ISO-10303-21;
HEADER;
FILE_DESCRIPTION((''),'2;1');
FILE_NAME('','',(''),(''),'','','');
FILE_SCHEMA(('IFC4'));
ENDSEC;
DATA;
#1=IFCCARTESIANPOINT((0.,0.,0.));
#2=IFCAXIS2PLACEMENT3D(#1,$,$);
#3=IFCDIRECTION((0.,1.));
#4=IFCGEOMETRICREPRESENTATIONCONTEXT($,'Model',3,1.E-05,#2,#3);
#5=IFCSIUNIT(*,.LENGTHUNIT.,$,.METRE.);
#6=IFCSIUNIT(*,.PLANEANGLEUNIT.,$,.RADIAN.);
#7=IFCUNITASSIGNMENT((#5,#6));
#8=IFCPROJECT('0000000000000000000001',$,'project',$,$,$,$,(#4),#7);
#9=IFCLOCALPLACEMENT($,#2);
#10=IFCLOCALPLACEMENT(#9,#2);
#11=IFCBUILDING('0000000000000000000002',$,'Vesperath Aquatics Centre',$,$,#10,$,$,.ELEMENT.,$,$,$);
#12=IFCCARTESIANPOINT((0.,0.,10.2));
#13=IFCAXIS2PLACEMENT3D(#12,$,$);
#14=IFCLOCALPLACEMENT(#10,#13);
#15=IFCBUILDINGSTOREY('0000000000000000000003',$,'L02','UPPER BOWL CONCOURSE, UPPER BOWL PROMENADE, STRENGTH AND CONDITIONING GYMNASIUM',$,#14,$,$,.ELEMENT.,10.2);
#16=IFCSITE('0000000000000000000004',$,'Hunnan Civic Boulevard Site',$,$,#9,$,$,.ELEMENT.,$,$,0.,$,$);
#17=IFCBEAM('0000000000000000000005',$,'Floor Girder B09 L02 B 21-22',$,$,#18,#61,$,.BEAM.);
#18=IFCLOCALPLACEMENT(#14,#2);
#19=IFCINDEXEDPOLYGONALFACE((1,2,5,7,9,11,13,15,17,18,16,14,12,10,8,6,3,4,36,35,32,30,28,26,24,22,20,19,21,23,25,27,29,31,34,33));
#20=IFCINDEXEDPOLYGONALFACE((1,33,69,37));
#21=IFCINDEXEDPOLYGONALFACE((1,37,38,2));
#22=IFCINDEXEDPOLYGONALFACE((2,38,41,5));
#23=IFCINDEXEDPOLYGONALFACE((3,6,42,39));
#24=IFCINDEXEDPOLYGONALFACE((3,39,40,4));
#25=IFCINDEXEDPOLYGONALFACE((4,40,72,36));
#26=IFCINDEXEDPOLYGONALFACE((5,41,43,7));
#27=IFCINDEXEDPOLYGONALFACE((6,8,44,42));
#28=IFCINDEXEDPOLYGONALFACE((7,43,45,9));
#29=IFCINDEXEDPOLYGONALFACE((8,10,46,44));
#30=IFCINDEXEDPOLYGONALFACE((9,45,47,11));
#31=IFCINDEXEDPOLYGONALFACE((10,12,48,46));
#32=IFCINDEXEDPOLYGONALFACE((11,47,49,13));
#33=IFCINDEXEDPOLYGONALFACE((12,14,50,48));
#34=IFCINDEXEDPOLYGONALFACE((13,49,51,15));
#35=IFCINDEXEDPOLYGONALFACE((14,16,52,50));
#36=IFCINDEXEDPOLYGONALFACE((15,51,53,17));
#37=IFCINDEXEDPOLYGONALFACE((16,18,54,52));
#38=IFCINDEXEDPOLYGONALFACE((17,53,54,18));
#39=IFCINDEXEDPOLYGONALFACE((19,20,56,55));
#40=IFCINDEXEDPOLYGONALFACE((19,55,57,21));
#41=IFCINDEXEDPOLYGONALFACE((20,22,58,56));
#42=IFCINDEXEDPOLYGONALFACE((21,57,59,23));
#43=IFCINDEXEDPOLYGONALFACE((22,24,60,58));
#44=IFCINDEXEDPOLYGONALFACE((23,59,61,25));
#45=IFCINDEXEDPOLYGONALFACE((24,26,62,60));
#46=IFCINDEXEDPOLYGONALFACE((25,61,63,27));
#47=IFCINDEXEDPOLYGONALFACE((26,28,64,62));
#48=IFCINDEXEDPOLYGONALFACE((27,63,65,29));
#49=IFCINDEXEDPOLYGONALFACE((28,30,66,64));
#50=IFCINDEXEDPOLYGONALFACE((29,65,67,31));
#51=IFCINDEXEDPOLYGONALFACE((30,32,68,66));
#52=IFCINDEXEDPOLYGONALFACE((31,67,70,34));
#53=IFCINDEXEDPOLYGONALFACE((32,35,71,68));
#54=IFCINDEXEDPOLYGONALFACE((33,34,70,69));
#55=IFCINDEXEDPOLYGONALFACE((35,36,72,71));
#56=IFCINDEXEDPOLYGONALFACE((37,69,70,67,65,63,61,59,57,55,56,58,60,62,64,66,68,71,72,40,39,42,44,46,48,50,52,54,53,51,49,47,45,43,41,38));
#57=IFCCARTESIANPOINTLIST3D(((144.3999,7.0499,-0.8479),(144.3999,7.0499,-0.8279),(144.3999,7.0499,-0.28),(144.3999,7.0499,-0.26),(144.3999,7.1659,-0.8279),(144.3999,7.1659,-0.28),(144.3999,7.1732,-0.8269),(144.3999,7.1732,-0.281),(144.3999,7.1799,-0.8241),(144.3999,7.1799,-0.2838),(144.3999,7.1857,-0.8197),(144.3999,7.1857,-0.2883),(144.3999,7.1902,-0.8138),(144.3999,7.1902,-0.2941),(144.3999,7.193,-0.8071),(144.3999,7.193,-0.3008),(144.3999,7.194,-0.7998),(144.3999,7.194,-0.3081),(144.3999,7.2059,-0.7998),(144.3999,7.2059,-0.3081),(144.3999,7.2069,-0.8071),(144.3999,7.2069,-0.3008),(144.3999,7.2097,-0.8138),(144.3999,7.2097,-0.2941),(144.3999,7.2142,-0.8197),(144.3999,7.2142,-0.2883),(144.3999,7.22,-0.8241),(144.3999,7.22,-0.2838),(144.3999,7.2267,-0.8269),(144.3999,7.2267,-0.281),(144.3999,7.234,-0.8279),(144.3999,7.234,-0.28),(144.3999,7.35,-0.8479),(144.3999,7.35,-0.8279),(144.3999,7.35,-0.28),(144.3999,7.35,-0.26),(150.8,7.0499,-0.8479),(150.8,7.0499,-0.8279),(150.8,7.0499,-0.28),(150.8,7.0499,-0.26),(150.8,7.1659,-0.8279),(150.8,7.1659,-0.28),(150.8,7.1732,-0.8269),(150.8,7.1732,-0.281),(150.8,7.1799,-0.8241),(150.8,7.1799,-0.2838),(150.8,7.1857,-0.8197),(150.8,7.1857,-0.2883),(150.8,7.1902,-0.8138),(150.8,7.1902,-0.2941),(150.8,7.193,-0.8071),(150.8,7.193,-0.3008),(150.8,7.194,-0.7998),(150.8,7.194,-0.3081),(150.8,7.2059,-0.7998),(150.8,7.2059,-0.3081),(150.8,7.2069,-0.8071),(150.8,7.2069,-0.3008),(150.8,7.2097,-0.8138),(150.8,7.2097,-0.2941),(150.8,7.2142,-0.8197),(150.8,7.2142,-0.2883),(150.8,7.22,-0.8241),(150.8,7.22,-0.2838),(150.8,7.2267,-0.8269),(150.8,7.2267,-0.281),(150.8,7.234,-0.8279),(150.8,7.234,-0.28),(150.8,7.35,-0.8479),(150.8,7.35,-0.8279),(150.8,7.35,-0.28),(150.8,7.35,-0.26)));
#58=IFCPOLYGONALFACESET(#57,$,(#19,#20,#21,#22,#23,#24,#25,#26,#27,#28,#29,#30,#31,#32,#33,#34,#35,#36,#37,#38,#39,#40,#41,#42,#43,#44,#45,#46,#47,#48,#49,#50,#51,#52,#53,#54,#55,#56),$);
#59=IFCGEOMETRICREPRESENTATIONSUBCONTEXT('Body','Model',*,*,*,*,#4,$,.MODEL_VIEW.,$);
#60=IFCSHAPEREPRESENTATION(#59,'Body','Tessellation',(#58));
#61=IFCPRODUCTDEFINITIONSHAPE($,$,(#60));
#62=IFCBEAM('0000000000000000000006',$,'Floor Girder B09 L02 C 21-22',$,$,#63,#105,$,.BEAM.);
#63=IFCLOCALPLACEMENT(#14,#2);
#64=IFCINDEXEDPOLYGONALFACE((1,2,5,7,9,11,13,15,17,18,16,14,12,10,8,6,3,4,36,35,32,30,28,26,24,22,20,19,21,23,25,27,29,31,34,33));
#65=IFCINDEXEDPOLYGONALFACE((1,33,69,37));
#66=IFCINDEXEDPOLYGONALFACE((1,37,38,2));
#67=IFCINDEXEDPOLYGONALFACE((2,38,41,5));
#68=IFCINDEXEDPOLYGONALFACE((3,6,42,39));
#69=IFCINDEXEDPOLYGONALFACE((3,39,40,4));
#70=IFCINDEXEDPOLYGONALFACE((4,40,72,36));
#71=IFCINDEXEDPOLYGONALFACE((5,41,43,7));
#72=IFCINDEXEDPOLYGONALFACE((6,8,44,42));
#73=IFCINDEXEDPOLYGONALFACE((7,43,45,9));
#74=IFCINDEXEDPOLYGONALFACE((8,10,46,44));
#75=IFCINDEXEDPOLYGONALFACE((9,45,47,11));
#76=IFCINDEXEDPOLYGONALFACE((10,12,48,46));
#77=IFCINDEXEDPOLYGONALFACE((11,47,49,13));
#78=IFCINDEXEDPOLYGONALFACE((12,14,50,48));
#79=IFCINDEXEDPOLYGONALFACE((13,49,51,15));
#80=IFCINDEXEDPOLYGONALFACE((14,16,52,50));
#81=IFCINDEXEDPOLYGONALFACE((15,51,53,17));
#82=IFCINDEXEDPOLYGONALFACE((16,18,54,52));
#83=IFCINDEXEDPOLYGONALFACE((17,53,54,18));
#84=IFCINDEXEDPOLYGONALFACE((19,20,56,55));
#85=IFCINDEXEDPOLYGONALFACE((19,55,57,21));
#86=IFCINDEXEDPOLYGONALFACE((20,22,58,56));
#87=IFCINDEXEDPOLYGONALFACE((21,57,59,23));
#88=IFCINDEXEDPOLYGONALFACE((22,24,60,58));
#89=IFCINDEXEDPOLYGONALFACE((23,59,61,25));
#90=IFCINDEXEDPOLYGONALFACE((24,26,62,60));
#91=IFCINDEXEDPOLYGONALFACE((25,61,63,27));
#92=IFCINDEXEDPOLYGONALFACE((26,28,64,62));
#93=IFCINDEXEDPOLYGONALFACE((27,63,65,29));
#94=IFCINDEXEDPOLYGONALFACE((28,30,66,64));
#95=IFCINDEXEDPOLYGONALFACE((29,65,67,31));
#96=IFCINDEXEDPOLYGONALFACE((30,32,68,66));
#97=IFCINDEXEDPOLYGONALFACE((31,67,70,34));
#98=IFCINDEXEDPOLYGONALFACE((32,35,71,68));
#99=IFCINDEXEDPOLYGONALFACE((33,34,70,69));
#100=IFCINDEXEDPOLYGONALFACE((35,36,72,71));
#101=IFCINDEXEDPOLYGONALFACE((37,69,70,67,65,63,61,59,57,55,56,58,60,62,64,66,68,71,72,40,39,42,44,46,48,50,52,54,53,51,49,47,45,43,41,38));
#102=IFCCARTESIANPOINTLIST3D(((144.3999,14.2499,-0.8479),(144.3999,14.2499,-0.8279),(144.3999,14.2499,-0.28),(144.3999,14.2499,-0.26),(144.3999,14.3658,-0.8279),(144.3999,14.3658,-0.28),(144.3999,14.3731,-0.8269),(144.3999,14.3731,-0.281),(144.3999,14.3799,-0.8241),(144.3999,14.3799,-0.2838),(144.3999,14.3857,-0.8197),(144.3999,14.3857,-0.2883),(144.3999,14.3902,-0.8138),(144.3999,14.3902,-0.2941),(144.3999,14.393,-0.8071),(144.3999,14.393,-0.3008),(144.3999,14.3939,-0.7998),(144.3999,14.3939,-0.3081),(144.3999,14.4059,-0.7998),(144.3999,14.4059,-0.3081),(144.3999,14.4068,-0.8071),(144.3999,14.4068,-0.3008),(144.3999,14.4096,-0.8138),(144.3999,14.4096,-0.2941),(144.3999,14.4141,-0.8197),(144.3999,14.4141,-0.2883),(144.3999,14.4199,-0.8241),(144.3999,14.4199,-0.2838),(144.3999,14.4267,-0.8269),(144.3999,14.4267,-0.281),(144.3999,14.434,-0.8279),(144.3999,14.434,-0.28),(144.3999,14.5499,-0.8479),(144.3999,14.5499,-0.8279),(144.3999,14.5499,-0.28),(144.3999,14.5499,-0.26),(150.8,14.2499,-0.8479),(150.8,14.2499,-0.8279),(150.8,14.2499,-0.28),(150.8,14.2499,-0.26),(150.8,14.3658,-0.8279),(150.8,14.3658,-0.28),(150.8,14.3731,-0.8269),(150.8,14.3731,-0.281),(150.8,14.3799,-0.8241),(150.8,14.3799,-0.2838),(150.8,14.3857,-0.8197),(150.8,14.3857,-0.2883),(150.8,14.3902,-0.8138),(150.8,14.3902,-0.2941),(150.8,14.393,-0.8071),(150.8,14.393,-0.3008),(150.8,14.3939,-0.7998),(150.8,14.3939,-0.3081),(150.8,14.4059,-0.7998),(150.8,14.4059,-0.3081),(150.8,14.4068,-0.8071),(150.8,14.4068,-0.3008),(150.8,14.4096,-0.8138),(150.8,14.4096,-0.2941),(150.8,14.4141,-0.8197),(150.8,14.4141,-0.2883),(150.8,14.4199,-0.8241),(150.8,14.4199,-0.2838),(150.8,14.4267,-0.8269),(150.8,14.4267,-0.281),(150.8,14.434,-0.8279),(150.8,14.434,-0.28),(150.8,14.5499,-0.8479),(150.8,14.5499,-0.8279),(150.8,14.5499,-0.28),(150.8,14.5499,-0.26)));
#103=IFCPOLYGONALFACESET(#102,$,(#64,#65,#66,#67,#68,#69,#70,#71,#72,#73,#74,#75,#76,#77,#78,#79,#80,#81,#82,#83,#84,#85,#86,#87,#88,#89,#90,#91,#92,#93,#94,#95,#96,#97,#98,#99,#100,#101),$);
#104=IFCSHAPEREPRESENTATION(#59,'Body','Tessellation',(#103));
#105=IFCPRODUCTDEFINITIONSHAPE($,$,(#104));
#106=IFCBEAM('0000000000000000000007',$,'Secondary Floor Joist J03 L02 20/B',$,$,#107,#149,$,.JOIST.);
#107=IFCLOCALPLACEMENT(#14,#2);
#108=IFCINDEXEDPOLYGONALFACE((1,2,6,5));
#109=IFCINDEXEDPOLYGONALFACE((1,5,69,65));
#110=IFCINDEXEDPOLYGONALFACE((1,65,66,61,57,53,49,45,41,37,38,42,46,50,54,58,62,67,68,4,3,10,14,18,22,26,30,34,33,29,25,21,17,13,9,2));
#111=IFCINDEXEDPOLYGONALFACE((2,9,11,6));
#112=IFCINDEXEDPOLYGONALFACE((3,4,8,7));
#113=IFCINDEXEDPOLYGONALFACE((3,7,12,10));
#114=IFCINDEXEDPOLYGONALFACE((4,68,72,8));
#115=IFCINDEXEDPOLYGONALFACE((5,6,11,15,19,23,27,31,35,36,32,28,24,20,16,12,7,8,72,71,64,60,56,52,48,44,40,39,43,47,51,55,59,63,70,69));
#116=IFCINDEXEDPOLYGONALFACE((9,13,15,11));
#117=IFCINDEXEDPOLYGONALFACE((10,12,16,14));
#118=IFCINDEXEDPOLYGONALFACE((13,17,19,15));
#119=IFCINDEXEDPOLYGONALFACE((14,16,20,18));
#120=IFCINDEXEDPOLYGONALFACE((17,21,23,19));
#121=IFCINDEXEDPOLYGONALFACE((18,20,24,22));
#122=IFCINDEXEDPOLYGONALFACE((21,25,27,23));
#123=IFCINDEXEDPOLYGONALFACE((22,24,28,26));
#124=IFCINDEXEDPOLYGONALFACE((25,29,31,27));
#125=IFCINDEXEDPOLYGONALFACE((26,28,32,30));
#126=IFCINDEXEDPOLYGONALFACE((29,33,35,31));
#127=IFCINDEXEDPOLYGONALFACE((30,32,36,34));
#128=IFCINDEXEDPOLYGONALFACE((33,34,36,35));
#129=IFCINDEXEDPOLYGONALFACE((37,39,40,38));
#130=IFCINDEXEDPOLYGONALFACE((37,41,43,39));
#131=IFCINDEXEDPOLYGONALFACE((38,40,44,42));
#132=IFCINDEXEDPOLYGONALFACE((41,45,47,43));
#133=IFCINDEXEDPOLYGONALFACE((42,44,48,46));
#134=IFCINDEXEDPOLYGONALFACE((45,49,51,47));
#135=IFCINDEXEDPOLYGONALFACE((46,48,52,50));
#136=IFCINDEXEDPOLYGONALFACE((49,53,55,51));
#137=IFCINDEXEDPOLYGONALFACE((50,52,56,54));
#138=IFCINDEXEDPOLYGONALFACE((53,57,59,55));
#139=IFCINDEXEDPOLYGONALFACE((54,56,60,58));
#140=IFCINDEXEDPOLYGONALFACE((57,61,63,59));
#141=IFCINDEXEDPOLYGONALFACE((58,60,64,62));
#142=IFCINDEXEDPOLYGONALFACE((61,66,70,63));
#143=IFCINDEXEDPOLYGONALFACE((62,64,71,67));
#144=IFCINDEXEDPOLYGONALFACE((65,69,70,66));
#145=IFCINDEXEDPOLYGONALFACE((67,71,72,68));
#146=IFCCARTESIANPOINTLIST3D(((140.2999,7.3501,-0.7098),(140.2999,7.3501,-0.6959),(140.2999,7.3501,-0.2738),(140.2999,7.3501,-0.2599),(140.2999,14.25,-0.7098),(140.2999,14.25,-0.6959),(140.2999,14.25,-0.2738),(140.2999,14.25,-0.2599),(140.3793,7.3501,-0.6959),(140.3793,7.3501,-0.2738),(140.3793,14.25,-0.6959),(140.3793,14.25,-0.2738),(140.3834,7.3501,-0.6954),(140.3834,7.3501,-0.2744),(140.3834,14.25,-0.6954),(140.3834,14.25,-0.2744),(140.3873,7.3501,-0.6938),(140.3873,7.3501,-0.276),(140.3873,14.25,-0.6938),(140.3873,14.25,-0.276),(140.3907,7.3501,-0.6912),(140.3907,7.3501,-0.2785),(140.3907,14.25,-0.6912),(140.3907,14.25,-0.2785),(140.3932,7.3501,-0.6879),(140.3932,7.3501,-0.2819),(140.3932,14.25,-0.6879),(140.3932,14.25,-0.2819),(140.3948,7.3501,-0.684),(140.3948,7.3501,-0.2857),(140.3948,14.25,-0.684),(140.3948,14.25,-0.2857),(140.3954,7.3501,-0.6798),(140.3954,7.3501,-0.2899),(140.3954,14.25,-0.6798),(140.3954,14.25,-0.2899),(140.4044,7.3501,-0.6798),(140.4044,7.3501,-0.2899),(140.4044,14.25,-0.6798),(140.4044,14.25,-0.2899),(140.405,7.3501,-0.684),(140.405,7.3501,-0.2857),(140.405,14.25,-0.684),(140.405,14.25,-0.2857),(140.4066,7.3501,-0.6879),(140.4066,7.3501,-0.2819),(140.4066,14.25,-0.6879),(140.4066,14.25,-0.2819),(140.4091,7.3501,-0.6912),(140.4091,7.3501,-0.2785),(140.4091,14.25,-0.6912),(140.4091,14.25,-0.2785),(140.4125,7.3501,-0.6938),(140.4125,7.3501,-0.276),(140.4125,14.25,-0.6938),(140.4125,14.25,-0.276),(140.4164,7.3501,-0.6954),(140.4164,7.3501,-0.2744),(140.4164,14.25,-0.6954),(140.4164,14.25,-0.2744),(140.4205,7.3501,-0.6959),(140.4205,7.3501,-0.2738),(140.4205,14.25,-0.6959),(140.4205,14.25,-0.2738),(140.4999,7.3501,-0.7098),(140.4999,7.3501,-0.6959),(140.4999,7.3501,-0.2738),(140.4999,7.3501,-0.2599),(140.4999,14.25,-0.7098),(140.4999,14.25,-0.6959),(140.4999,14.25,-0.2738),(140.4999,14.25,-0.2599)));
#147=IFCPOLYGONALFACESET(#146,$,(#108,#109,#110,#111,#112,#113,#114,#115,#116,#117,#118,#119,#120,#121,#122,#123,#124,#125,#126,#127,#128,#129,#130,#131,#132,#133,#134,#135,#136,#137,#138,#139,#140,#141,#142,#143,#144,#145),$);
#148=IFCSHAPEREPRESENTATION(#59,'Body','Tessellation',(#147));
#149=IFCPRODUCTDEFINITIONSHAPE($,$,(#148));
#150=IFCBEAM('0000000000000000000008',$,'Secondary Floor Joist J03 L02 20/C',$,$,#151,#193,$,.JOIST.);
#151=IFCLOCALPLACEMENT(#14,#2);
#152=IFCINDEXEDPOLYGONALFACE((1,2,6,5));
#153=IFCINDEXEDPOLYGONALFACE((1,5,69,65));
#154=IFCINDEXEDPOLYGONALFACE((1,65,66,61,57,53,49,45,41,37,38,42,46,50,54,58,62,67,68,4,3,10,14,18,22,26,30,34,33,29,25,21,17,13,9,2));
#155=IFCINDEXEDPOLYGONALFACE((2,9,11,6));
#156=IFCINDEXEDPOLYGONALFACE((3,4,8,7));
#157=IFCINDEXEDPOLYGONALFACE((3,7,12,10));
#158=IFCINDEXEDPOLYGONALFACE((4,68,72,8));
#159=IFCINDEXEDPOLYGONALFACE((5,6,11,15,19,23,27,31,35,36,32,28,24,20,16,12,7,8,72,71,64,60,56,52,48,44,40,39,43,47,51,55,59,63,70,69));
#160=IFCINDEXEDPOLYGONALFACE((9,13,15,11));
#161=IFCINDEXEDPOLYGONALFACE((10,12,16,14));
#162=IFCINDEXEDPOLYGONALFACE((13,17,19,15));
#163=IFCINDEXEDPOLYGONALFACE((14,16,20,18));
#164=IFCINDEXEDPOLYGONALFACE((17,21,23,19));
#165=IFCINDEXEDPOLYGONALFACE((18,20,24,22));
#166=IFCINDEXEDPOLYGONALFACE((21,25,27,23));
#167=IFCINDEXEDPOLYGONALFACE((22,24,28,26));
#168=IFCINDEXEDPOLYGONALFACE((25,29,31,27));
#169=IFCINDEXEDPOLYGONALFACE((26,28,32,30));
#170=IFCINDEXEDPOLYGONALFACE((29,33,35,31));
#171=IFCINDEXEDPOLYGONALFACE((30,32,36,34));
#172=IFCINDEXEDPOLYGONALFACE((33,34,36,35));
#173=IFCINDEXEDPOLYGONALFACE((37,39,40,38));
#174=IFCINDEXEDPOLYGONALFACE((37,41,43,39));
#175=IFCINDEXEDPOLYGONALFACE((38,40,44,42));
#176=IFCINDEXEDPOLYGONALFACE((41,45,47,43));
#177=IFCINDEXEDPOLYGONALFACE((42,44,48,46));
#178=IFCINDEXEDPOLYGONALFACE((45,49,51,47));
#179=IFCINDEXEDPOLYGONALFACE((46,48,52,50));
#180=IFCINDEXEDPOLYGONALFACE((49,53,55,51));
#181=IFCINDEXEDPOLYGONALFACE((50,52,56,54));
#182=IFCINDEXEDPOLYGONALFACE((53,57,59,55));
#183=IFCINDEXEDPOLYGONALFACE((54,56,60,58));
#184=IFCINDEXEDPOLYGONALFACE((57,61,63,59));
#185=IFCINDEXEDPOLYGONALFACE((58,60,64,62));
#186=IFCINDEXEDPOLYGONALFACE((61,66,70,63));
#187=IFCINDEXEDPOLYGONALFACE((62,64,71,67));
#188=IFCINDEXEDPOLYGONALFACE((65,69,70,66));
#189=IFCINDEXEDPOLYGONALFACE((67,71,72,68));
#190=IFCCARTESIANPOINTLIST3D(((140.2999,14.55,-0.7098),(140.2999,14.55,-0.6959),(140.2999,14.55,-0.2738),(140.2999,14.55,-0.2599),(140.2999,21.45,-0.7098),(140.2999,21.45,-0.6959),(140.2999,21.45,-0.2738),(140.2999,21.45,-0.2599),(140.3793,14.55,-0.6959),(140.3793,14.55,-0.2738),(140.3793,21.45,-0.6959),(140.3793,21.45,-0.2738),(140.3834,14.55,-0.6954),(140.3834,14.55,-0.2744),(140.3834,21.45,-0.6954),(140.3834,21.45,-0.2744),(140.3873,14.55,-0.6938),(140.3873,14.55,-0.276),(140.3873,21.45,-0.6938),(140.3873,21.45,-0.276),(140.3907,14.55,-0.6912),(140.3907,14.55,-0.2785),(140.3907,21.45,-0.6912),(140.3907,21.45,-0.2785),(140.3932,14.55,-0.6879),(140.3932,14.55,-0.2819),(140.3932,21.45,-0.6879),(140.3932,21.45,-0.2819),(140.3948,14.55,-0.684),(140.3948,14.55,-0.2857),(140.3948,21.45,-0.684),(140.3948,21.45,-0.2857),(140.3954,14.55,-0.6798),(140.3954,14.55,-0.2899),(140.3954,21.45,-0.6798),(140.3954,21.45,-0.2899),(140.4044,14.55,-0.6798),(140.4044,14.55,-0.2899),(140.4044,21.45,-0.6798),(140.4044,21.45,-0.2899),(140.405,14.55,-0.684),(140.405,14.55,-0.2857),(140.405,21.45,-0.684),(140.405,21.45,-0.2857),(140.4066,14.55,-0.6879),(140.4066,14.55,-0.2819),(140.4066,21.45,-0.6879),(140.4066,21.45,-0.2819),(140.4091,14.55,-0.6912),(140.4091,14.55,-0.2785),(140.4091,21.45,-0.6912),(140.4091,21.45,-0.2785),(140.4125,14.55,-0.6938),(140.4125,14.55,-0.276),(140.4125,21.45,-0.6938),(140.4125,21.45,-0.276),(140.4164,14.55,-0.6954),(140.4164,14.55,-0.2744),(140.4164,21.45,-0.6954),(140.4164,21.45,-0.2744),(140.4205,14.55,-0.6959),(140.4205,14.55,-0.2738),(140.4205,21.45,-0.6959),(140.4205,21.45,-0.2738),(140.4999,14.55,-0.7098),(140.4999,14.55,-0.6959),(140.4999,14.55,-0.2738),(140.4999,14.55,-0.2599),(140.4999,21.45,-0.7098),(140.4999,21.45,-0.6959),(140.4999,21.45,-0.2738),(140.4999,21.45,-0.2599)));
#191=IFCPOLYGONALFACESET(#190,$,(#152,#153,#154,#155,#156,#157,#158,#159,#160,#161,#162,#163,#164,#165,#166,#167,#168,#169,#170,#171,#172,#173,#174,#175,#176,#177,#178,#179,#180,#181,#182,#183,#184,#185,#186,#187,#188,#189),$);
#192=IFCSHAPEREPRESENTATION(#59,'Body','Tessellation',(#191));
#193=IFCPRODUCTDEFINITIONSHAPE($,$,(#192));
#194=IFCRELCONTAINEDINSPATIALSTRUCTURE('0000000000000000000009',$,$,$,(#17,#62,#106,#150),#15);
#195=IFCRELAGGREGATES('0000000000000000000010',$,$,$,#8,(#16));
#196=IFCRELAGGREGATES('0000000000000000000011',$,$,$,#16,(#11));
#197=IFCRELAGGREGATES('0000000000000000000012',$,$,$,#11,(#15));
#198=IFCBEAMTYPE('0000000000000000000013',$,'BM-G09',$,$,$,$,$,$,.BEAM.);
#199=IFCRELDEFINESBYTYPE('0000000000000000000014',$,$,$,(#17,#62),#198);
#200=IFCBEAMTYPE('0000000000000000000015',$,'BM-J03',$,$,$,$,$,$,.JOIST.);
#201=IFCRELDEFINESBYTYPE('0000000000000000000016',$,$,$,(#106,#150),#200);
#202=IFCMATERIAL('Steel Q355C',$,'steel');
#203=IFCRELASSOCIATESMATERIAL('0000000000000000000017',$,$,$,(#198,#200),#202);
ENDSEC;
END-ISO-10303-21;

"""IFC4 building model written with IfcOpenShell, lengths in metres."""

from ifc_helpers import new_model, si_unit, direction, frame, origin, origin_2d, place, context, subcontext, project, spatial, i_section, extrude, material, material_profile, profile_set, type_object, element, save


model = new_model("IFC4")

# Units and contexts
model_context = context("Model", 3, precision=1e-05, world=origin(), true_north=direction((0.0, 1.0)))
body_context = subcontext(model_context, "Body", "Model", "MODEL_VIEW")
ifc_project = project(units=[si_unit("LENGTHUNIT", "METRE"), si_unit("PLANEANGLEUNIT", "RADIAN")], contexts=[model_context])

# Site, building, storey
site_placement = place(None, origin())
site = spatial("IfcSite", under=ifc_project, at=site_placement, Name="Hunnan Civic Boulevard Site", CompositionType="ELEMENT", RefElevation=0.0)
building_placement = place(site_placement, origin())
building = spatial("IfcBuilding", under=site, at=building_placement, Name="Vesperath Aquatics Centre", CompositionType="ELEMENT")
storey_placement = place(building_placement, frame((0.0, 0.0, 10.2)))
storey = spatial("IfcBuildingStorey", under=building, at=storey_placement, Name="L02", Description="UPPER BOWL CONCOURSE, UPPER BOWL PROMENADE, STRENGTH AND CONDITIONING GYMNASIUM", CompositionType="ELEMENT", Elevation=10.2)

# Beams
ifc_material_1 = material(Name="Steel Q355C", Category="steel")
ifc_material_profile_1 = material_profile(ifc_material_1, i_section(OverallWidth=0.3, OverallDepth=0.5879, WebThickness=0.012, FlangeThickness=0.02, FilletRadius=0.0281, at=origin_2d()), Name="HM 588x300x12x20")
ifc_profile_set_1 = profile_set([ifc_material_profile_1], Name="Steel Q355C")
beam_type_1 = type_object("IfcBeamType", Name="BM-G09", PredefinedType="BEAM", material=ifc_profile_set_1)
for number, where, z_axis, x_axis, name in (
    (1, (144.3999, 7.2, -0.554), (1.0, 0.0, 0.0), (0.0, 1.0, 0.0), "Floor Girder B09 L02 B 21-22"),
    (2, (144.3999, 14.3999, -0.554), (1.0, 0.0, 0.0), (0.0, 1.0, 0.0), "Floor Girder B09 L02 C 21-22"),
):
    element("IfcBeam", number, at=place(storey_placement, frame(where, z_axis=z_axis, x_axis=x_axis)), inside=storey, type_object=beam_type_1, Name=name, PredefinedType="BEAM", context=body_context, shape_type="SweptSolid", body=[
        extrude(i_section(OverallWidth=0.3, OverallDepth=0.5879, WebThickness=0.012, FlangeThickness=0.02, FilletRadius=0.0281, at=origin_2d()), origin(), (0.0, 0.0, 1.0), 6.4001),
    ])
ifc_material_profile_2 = material_profile(ifc_material_1, i_section(OverallWidth=0.2, OverallDepth=0.45, WebThickness=0.009, FlangeThickness=0.0139, FilletRadius=0.0161, at=origin_2d()), Name="HN 450x200x9x14")
ifc_profile_set_2 = profile_set([ifc_material_profile_2], Name="Steel Q355C")
beam_type_2 = type_object("IfcBeamType", Name="BM-J03", PredefinedType="JOIST", material=ifc_profile_set_2)
for number, where, z_axis, x_axis, name in (
    (3, (140.3999, 7.3501, -0.4849), (0.0, 1.0, 0.0), (-1.0, 0.0, 0.0), "Secondary Floor Joist J03 L02 20/B"),
    (4, (140.3999, 14.55, -0.4849), (0.0, 1.0, 0.0), (-1.0, 0.0, 0.0), "Secondary Floor Joist J03 L02 20/C"),
):
    element("IfcBeam", number, at=place(storey_placement, frame(where, z_axis=z_axis, x_axis=x_axis)), inside=storey, type_object=beam_type_2, Name=name, PredefinedType="JOIST", context=body_context, shape_type="SweptSolid", body=[
        extrude(i_section(OverallWidth=0.2, OverallDepth=0.45, WebThickness=0.009, FlangeThickness=0.0139, FilletRadius=0.0161, at=origin_2d()), origin(), (0.0, 0.0, 1.0), 6.8999),
    ])

save(model, "model.ifc")
